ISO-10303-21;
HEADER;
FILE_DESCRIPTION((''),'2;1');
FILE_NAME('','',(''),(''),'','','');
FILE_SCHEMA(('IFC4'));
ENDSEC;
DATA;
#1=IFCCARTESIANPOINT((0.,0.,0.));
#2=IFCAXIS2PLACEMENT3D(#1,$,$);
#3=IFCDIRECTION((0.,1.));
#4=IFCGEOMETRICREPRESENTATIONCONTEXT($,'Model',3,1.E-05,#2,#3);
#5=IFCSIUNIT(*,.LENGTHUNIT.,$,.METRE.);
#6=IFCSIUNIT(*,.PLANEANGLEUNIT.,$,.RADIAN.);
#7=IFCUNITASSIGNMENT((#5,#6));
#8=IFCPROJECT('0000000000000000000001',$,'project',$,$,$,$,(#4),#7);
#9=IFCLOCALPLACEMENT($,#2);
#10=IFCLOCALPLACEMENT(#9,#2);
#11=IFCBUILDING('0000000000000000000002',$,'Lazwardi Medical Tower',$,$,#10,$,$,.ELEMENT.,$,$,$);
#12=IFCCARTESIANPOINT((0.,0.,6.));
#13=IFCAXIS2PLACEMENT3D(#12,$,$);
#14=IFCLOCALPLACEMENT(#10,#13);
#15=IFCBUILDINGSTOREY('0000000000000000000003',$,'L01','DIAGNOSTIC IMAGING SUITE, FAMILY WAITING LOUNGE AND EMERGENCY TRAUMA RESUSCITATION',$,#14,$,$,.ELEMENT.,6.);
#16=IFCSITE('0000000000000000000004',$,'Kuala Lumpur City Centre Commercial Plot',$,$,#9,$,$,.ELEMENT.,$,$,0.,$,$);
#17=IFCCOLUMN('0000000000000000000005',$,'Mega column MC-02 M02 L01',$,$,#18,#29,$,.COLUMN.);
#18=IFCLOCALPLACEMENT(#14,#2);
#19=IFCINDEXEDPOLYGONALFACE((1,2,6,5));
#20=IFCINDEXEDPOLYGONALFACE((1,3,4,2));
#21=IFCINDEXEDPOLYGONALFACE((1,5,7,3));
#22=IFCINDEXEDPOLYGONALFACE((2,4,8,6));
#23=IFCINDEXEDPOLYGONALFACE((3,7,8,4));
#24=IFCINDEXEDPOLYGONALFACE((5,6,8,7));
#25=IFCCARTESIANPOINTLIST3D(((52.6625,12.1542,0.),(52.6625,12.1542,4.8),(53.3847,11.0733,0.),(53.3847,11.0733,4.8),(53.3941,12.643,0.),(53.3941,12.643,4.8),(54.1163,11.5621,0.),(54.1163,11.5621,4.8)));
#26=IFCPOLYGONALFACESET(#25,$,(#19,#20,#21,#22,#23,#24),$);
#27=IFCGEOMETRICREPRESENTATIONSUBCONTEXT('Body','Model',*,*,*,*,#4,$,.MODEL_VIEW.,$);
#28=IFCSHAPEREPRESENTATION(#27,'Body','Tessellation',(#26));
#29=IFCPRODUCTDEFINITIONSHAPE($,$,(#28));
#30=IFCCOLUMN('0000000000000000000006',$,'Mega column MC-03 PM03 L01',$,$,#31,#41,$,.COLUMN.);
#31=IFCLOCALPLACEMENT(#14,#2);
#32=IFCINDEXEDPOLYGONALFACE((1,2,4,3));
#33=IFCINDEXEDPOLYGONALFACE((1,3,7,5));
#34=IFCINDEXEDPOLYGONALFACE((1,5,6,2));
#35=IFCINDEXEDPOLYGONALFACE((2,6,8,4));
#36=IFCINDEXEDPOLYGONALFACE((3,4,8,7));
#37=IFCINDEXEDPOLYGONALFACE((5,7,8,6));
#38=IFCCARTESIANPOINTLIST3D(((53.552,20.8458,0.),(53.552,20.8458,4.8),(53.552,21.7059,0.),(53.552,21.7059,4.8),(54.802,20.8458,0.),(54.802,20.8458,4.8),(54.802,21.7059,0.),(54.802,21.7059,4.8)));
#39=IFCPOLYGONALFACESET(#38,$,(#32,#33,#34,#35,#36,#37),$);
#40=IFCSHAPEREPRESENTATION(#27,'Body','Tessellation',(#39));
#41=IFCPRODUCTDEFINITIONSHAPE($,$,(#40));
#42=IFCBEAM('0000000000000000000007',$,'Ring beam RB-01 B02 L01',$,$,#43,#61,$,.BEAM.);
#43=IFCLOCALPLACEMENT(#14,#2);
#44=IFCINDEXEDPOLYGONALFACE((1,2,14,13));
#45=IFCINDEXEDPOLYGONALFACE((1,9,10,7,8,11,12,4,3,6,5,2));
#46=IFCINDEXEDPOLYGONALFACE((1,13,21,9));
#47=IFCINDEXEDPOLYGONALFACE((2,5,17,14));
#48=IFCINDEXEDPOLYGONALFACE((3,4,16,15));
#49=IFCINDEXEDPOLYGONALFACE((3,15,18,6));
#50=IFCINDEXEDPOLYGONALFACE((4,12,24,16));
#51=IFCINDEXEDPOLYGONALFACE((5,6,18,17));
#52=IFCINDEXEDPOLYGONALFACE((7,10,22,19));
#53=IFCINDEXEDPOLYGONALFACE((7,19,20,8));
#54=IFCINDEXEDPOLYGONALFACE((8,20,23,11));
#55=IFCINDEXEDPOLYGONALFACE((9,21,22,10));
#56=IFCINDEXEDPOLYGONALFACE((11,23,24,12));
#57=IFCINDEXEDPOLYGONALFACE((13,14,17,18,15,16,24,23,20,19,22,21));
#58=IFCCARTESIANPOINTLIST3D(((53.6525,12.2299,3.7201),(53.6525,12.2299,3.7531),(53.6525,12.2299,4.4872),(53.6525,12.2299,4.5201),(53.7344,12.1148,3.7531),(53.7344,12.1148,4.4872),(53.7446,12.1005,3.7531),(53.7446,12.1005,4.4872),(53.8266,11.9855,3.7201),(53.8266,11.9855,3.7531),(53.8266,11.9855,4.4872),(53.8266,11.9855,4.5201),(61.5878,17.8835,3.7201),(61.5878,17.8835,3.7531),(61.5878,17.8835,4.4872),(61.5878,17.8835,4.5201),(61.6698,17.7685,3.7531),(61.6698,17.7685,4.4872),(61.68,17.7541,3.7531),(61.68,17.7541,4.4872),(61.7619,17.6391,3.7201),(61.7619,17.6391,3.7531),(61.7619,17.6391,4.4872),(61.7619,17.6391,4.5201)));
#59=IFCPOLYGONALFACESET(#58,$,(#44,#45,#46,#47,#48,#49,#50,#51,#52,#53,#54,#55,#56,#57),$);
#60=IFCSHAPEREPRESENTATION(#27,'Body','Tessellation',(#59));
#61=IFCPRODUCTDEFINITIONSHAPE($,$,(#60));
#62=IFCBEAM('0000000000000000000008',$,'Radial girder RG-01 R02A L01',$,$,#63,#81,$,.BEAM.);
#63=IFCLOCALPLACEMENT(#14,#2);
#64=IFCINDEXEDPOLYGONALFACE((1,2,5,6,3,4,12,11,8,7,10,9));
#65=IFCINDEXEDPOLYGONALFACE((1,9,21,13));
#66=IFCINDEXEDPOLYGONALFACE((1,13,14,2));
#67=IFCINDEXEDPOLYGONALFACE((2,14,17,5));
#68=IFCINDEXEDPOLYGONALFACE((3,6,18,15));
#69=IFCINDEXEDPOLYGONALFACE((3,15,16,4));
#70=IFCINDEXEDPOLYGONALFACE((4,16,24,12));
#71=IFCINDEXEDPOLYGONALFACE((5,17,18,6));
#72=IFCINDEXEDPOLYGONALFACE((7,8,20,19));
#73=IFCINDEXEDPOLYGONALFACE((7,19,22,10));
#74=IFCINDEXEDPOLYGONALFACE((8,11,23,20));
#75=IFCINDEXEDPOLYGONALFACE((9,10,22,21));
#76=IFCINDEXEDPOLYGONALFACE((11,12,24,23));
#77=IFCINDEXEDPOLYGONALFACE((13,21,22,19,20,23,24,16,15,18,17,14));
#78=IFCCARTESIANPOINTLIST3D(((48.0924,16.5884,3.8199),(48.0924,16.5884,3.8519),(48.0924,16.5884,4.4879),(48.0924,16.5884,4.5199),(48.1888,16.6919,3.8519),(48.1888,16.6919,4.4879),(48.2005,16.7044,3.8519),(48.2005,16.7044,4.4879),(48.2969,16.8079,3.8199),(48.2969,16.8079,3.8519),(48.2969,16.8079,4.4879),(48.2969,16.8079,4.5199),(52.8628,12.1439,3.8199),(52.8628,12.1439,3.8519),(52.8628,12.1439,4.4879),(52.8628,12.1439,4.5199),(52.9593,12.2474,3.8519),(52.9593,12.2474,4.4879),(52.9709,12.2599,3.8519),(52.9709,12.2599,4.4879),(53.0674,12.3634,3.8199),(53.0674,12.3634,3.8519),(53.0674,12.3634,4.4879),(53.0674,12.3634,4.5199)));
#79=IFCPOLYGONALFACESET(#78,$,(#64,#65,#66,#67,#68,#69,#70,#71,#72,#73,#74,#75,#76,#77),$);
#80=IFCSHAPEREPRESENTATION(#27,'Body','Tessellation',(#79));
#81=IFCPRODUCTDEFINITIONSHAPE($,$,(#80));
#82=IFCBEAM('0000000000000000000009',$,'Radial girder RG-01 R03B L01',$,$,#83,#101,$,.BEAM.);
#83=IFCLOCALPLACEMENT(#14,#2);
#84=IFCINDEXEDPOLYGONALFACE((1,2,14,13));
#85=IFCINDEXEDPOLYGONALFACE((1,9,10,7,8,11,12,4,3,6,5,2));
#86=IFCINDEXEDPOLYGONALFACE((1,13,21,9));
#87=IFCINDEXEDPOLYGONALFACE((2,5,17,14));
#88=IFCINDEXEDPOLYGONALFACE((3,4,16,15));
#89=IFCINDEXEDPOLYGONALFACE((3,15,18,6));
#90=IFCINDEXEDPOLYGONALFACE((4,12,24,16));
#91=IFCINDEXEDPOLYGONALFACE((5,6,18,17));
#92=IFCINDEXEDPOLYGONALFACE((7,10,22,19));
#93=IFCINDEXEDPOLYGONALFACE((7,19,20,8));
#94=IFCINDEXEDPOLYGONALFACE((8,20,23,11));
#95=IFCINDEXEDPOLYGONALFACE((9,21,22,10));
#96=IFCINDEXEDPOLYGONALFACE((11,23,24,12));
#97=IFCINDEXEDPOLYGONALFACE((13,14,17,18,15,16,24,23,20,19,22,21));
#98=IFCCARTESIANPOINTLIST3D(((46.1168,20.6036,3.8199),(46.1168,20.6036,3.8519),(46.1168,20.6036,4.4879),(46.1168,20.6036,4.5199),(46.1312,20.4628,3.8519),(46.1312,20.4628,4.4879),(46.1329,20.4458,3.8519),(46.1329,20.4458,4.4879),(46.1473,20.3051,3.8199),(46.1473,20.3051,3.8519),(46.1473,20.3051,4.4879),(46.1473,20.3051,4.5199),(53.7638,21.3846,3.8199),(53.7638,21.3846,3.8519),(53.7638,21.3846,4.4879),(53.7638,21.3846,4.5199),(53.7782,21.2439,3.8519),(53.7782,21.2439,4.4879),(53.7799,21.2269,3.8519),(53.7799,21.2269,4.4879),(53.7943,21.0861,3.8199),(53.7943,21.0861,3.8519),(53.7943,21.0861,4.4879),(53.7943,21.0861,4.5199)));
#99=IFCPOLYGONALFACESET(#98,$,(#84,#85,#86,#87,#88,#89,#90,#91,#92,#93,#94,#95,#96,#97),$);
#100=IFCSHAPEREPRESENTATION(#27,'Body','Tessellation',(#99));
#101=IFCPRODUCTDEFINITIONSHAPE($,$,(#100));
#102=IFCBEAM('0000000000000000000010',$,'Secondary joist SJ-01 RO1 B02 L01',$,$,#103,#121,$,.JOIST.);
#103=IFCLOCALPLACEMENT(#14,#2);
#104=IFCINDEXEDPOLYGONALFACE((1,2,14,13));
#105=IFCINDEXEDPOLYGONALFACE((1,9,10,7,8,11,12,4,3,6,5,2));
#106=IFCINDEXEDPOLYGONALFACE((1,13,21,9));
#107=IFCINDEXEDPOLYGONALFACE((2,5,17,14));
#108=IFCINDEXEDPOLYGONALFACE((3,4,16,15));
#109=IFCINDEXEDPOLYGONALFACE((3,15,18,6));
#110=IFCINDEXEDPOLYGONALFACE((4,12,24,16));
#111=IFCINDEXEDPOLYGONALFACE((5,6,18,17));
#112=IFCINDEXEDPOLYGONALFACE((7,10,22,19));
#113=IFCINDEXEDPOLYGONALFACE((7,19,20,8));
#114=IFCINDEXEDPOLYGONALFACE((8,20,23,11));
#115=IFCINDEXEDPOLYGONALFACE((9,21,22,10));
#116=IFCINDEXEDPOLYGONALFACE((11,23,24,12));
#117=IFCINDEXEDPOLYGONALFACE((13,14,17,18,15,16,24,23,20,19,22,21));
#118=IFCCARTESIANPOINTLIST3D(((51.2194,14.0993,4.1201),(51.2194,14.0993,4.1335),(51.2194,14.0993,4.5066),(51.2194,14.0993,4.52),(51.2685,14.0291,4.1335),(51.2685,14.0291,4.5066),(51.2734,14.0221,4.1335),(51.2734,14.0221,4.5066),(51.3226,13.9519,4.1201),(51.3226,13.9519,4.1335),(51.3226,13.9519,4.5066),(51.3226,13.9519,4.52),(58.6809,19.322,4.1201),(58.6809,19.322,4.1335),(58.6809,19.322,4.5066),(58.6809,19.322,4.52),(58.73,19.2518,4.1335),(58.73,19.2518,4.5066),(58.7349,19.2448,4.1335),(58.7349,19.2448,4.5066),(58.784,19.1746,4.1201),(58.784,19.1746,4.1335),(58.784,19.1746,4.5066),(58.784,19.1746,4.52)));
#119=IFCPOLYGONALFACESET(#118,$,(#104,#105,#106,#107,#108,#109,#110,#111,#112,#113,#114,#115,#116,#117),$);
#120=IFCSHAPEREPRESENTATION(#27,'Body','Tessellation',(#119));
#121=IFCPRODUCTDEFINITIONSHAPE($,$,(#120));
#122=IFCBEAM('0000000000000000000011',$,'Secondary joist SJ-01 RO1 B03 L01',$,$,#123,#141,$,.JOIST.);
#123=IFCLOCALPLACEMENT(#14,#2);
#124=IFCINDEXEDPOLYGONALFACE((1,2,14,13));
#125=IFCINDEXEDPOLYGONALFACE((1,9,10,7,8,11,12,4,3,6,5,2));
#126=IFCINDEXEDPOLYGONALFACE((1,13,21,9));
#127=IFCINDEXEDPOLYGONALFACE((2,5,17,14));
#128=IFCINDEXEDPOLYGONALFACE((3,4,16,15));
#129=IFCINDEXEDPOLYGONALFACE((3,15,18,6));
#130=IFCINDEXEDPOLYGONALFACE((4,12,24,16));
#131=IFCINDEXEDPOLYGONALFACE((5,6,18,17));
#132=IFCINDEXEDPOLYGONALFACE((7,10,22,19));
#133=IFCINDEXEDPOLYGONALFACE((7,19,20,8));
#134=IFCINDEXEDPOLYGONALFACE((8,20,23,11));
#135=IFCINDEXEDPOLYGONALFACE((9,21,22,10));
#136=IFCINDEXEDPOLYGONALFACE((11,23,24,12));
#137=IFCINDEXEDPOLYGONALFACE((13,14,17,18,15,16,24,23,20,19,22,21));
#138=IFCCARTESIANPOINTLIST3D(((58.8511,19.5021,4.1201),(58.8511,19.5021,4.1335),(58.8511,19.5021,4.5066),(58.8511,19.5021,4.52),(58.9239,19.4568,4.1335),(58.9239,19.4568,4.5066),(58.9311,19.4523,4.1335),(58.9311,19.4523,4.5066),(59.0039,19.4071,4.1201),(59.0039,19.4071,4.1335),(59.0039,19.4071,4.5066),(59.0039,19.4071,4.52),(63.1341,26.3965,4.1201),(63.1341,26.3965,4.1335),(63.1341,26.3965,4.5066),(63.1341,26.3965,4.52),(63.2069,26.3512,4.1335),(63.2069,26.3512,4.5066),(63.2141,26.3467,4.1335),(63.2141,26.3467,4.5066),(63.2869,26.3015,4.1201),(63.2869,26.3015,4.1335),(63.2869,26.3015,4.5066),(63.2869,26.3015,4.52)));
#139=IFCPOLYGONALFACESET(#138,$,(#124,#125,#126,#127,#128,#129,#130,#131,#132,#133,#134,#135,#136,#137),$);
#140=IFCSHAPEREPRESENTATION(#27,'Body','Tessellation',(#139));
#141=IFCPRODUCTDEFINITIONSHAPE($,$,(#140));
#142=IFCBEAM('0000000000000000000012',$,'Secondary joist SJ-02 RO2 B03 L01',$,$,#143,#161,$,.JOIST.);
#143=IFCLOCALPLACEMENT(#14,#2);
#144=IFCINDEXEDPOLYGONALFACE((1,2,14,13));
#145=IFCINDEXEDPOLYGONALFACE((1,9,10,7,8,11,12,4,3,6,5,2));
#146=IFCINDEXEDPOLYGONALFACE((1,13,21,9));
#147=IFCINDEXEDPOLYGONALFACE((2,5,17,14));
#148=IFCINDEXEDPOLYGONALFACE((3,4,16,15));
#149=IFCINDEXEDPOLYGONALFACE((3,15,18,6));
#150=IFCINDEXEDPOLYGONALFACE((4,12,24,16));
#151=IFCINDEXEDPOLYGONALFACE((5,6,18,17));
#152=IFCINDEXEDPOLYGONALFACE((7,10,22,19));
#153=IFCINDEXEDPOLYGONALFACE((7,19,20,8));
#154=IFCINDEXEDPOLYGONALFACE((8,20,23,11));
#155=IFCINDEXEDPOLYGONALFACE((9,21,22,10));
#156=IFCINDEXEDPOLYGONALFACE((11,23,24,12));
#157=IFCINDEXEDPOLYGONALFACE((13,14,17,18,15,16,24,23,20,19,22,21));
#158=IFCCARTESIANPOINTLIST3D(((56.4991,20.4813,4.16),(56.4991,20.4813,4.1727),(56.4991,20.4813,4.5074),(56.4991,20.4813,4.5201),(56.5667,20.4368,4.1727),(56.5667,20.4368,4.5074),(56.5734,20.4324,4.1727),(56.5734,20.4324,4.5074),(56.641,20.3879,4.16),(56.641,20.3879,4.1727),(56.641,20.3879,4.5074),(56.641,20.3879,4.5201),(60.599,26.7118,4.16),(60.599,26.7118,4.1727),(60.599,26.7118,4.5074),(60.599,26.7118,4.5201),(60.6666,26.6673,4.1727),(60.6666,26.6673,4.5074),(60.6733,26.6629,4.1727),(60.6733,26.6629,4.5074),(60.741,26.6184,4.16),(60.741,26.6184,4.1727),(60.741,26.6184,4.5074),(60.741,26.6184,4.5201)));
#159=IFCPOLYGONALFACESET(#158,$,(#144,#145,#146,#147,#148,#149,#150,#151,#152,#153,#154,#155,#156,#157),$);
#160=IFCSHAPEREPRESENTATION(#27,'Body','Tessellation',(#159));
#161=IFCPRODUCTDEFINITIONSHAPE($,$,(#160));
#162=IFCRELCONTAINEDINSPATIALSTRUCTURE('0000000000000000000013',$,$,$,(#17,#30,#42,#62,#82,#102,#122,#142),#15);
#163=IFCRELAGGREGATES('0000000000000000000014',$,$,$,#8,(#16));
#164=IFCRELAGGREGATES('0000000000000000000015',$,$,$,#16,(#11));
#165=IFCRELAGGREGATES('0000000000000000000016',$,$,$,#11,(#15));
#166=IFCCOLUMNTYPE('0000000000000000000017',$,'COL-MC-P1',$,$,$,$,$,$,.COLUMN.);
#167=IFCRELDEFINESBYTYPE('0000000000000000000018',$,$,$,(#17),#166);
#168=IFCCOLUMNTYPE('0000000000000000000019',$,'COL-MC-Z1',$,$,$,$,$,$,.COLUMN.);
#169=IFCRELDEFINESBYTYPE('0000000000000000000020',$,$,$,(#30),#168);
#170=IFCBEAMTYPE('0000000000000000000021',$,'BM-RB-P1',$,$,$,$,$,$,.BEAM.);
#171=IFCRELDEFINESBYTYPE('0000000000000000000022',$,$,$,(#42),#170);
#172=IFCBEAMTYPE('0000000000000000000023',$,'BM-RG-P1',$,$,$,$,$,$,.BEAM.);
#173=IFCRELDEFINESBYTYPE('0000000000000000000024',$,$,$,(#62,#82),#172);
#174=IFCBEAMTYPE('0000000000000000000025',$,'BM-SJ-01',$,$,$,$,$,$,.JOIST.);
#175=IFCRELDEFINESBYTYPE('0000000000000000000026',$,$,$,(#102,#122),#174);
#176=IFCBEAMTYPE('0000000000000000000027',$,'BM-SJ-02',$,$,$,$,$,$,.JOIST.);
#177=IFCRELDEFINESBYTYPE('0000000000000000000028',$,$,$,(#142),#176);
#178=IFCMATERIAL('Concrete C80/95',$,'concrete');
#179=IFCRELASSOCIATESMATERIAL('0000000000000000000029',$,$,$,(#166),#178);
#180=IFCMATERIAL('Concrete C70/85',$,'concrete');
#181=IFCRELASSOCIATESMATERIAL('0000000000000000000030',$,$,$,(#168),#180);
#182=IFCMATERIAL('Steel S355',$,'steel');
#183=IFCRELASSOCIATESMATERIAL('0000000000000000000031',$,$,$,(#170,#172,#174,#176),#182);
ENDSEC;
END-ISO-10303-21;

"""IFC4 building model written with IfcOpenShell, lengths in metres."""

from ifc_helpers import new_model, si_unit, direction, frame, origin, origin_2d, place, context, subcontext, project, spatial, rectangle, i_section, extrude, material, material_profile, profile_set, type_object, element, save


model = new_model("IFC4")

# Units and contexts
model_context = context("Model", 3, precision=1e-05, world=origin(), true_north=direction((0.0, 1.0)))
body_context = subcontext(model_context, "Body", "Model", "MODEL_VIEW")
ifc_project = project(units=[si_unit("LENGTHUNIT", "METRE"), si_unit("PLANEANGLEUNIT", "RADIAN")], contexts=[model_context])

# Site, building, storey
site_placement = place(None, origin())
site = spatial("IfcSite", under=ifc_project, at=site_placement, Name="Kuala Lumpur City Centre Commercial Plot", CompositionType="ELEMENT", RefElevation=0.0)
building_placement = place(site_placement, origin())
building = spatial("IfcBuilding", under=site, at=building_placement, Name="Lazwardi Medical Tower", CompositionType="ELEMENT")
storey_placement = place(building_placement, frame((0.0, 0.0, 6.0)))
storey = spatial("IfcBuildingStorey", under=building, at=storey_placement, Name="L01", Description="DIAGNOSTIC IMAGING SUITE, FAMILY WAITING LOUNGE AND EMERGENCY TRAUMA RESUSCITATION", CompositionType="ELEMENT", Elevation=6.0)

# Columns
ifc_material_1 = material(Name="Concrete C80/95", Category="concrete")
ifc_material_profile_1 = material_profile(ifc_material_1, rectangle(XDim=1.3, YDim=0.8799, at=origin_2d()), Name="CFT-RECT 1300x880")
ifc_profile_set_1 = profile_set([ifc_material_profile_1], Name="Concrete C80/95")
column_type_1 = type_object("IfcColumnType", Name="COL-MC-P1", PredefinedType="COLUMN", material=ifc_profile_set_1)
column_1_placement = place(storey_placement, frame((53.3894, 11.8582, 0.0), z_axis=(0.0, 0.0, 1.0), x_axis=(0.55557, -0.83147, 0.0)))
element("IfcColumn", 1, at=column_1_placement, inside=storey, type_object=column_type_1, Name="Mega column MC-02 M02 L01", PredefinedType="COLUMN", context=body_context, shape_type="SweptSolid", body=[
    extrude(rectangle(XDim=1.3, YDim=0.8799, at=origin_2d()), origin(), (0.0, 0.0, 1.0), 4.8),
])
ifc_material_2 = material(Name="Concrete C70/85", Category="concrete")
ifc_material_profile_2 = material_profile(ifc_material_2, rectangle(XDim=1.25, YDim=0.8601, at=origin_2d()), Name="CFT-RECT 1250x860")
ifc_profile_set_2 = profile_set([ifc_material_profile_2], Name="Concrete C70/85")
column_type_2 = type_object("IfcColumnType", Name="COL-MC-Z1", PredefinedType="COLUMN", material=ifc_profile_set_2)
column_2_placement = place(storey_placement, frame((54.177, 21.2759, 0.0), z_axis=(0.0, 0.0, 1.0), x_axis=(1.0, 0.0, 0.0)))
element("IfcColumn", 2, at=column_2_placement, inside=storey, type_object=column_type_2, Name="Mega column MC-03 PM03 L01", PredefinedType="COLUMN", context=body_context, shape_type="SweptSolid", body=[
    extrude(rectangle(XDim=1.25, YDim=0.8601, at=origin_2d()), origin(), (0.0, 0.0, 1.0), 4.8),
])

# Beams
ifc_material_3 = material(Name="Steel S355", Category="steel")
ifc_material_profile_3 = material_profile(ifc_material_3, i_section(OverallWidth=0.3, OverallDepth=0.8, WebThickness=0.0176, FlangeThickness=0.033, at=origin_2d()), Name="HEB 800")
ifc_profile_set_3 = profile_set([ifc_material_profile_3], Name="Steel S355")
beam_type_1 = type_object("IfcBeamType", Name="BM-RB-P1", PredefinedType="BEAM", material=ifc_profile_set_3)
beam_1_placement = place(storey_placement, frame((53.7395, 12.1077, 4.1201), z_axis=(0.814437, 0.580252, 0.0), x_axis=(-0.580252, 0.814437, 0.0)))
element("IfcBeam", 3, at=beam_1_placement, inside=storey, type_object=beam_type_1, Name="Ring beam RB-01 B02 L01", PredefinedType="BEAM", context=body_context, shape_type="SweptSolid", body=[
    extrude(i_section(OverallWidth=0.3, OverallDepth=0.8, WebThickness=0.0176, FlangeThickness=0.033, at=origin_2d()), origin(), (0.0, 0.0, 1.0), 9.7434),
])
ifc_material_profile_4 = material_profile(ifc_material_3, i_section(OverallWidth=0.3, OverallDepth=0.7, WebThickness=0.0171, FlangeThickness=0.032, at=origin_2d()), Name="HEB 700")
ifc_profile_set_4 = profile_set([ifc_material_profile_4], Name="Steel S355")
beam_type_2 = type_object("IfcBeamType", Name="BM-RG-P1", PredefinedType="BEAM", material=ifc_profile_set_4)
beam_2_placement = place(storey_placement, frame((52.9651, 12.2537, 4.1699), z_axis=(-0.731659, 0.681671, 0.0), x_axis=(-0.681671, -0.731659, 0.0)))
element("IfcBeam", 4, at=beam_2_placement, inside=storey, type_object=beam_type_2, Name="Radial girder RG-01 R02A L01", PredefinedType="BEAM", context=body_context, shape_type="SweptSolid", body=[
    extrude(i_section(OverallWidth=0.3, OverallDepth=0.7, WebThickness=0.0171, FlangeThickness=0.032, at=origin_2d()), origin(), (0.0, 0.0, 1.0), 6.52),
])
beam_3_placement = place(storey_placement, frame((53.7791, 21.2354, 4.1699), z_axis=(-0.994825, -0.101604, 0.0), x_axis=(0.101604, -0.994825, 0.0)))
element("IfcBeam", 5, at=beam_3_placement, inside=storey, type_object=beam_type_2, Name="Radial girder RG-01 R03B L01", PredefinedType="BEAM", context=body_context, shape_type="SweptSolid", body=[
    extrude(i_section(OverallWidth=0.3, OverallDepth=0.7, WebThickness=0.0171, FlangeThickness=0.032, at=origin_2d()), origin(), (0.0, 0.0, 1.0), 7.6868),
])
ifc_material_profile_5 = material_profile(ifc_material_3, i_section(OverallWidth=0.1799, OverallDepth=0.3999, WebThickness=0.0085, FlangeThickness=0.0134, at=origin_2d()), Name="IPE 400")
ifc_profile_set_5 = profile_set([ifc_material_profile_5], Name="Steel S355")
beam_type_3 = type_object("IfcBeamType", Name="BM-SJ-01", PredefinedType="JOIST", material=ifc_profile_set_5)
beam_4_placement = place(storey_placement, frame((51.271, 14.0256, 4.3201), z_axis=(0.81925, 0.573437, 0.0), x_axis=(-0.573437, 0.81925, 0.0)))
element("IfcBeam", 6, at=beam_4_placement, inside=storey, type_object=beam_type_3, Name="Secondary joist SJ-01 RO1 B02 L01", PredefinedType="JOIST", context=body_context, shape_type="SweptSolid", body=[
    extrude(i_section(OverallWidth=0.1799, OverallDepth=0.3999, WebThickness=0.0085, FlangeThickness=0.0134, at=origin_2d()), origin(), (0.0, 0.0, 1.0), 9.1077),
])
beam_5_placement = place(storey_placement, frame((58.9275, 19.4546, 4.3201), z_axis=(0.527696, 0.849433, 0.0), x_axis=(-0.849433, 0.527696, 0.0)))
element("IfcBeam", 7, at=beam_5_placement, inside=storey, type_object=beam_type_3, Name="Secondary joist SJ-01 RO1 B03 L01", PredefinedType="JOIST", context=body_context, shape_type="SweptSolid", body=[
    extrude(i_section(OverallWidth=0.1799, OverallDepth=0.3999, WebThickness=0.0085, FlangeThickness=0.0134, at=origin_2d()), origin(), (0.0, 0.0, 1.0), 8.1165),
])
ifc_material_profile_6 = material_profile(ifc_material_3, i_section(OverallWidth=0.1699, OverallDepth=0.3601, WebThickness=0.0081, FlangeThickness=0.0127, at=origin_2d()), Name="IPE 360")
ifc_profile_set_6 = profile_set([ifc_material_profile_6], Name="Steel S355")
beam_type_4 = type_object("IfcBeamType", Name="BM-SJ-02", PredefinedType="JOIST", material=ifc_profile_set_6)
beam_6_placement = place(storey_placement, frame((56.5701, 20.4346, 4.3401), z_axis=(0.549697, 0.835364, 0.0), x_axis=(-0.835364, 0.549697, 0.0)))
element("IfcBeam", 8, at=beam_6_placement, inside=storey, type_object=beam_type_4, Name="Secondary joist SJ-02 RO2 B03 L01", PredefinedType="JOIST", context=body_context, shape_type="SweptSolid", body=[
    extrude(i_section(OverallWidth=0.1699, OverallDepth=0.3601, WebThickness=0.0081, FlangeThickness=0.0127, at=origin_2d()), origin(), (0.0, 0.0, 1.0), 7.4585),
])

save(model, "model.ifc")
